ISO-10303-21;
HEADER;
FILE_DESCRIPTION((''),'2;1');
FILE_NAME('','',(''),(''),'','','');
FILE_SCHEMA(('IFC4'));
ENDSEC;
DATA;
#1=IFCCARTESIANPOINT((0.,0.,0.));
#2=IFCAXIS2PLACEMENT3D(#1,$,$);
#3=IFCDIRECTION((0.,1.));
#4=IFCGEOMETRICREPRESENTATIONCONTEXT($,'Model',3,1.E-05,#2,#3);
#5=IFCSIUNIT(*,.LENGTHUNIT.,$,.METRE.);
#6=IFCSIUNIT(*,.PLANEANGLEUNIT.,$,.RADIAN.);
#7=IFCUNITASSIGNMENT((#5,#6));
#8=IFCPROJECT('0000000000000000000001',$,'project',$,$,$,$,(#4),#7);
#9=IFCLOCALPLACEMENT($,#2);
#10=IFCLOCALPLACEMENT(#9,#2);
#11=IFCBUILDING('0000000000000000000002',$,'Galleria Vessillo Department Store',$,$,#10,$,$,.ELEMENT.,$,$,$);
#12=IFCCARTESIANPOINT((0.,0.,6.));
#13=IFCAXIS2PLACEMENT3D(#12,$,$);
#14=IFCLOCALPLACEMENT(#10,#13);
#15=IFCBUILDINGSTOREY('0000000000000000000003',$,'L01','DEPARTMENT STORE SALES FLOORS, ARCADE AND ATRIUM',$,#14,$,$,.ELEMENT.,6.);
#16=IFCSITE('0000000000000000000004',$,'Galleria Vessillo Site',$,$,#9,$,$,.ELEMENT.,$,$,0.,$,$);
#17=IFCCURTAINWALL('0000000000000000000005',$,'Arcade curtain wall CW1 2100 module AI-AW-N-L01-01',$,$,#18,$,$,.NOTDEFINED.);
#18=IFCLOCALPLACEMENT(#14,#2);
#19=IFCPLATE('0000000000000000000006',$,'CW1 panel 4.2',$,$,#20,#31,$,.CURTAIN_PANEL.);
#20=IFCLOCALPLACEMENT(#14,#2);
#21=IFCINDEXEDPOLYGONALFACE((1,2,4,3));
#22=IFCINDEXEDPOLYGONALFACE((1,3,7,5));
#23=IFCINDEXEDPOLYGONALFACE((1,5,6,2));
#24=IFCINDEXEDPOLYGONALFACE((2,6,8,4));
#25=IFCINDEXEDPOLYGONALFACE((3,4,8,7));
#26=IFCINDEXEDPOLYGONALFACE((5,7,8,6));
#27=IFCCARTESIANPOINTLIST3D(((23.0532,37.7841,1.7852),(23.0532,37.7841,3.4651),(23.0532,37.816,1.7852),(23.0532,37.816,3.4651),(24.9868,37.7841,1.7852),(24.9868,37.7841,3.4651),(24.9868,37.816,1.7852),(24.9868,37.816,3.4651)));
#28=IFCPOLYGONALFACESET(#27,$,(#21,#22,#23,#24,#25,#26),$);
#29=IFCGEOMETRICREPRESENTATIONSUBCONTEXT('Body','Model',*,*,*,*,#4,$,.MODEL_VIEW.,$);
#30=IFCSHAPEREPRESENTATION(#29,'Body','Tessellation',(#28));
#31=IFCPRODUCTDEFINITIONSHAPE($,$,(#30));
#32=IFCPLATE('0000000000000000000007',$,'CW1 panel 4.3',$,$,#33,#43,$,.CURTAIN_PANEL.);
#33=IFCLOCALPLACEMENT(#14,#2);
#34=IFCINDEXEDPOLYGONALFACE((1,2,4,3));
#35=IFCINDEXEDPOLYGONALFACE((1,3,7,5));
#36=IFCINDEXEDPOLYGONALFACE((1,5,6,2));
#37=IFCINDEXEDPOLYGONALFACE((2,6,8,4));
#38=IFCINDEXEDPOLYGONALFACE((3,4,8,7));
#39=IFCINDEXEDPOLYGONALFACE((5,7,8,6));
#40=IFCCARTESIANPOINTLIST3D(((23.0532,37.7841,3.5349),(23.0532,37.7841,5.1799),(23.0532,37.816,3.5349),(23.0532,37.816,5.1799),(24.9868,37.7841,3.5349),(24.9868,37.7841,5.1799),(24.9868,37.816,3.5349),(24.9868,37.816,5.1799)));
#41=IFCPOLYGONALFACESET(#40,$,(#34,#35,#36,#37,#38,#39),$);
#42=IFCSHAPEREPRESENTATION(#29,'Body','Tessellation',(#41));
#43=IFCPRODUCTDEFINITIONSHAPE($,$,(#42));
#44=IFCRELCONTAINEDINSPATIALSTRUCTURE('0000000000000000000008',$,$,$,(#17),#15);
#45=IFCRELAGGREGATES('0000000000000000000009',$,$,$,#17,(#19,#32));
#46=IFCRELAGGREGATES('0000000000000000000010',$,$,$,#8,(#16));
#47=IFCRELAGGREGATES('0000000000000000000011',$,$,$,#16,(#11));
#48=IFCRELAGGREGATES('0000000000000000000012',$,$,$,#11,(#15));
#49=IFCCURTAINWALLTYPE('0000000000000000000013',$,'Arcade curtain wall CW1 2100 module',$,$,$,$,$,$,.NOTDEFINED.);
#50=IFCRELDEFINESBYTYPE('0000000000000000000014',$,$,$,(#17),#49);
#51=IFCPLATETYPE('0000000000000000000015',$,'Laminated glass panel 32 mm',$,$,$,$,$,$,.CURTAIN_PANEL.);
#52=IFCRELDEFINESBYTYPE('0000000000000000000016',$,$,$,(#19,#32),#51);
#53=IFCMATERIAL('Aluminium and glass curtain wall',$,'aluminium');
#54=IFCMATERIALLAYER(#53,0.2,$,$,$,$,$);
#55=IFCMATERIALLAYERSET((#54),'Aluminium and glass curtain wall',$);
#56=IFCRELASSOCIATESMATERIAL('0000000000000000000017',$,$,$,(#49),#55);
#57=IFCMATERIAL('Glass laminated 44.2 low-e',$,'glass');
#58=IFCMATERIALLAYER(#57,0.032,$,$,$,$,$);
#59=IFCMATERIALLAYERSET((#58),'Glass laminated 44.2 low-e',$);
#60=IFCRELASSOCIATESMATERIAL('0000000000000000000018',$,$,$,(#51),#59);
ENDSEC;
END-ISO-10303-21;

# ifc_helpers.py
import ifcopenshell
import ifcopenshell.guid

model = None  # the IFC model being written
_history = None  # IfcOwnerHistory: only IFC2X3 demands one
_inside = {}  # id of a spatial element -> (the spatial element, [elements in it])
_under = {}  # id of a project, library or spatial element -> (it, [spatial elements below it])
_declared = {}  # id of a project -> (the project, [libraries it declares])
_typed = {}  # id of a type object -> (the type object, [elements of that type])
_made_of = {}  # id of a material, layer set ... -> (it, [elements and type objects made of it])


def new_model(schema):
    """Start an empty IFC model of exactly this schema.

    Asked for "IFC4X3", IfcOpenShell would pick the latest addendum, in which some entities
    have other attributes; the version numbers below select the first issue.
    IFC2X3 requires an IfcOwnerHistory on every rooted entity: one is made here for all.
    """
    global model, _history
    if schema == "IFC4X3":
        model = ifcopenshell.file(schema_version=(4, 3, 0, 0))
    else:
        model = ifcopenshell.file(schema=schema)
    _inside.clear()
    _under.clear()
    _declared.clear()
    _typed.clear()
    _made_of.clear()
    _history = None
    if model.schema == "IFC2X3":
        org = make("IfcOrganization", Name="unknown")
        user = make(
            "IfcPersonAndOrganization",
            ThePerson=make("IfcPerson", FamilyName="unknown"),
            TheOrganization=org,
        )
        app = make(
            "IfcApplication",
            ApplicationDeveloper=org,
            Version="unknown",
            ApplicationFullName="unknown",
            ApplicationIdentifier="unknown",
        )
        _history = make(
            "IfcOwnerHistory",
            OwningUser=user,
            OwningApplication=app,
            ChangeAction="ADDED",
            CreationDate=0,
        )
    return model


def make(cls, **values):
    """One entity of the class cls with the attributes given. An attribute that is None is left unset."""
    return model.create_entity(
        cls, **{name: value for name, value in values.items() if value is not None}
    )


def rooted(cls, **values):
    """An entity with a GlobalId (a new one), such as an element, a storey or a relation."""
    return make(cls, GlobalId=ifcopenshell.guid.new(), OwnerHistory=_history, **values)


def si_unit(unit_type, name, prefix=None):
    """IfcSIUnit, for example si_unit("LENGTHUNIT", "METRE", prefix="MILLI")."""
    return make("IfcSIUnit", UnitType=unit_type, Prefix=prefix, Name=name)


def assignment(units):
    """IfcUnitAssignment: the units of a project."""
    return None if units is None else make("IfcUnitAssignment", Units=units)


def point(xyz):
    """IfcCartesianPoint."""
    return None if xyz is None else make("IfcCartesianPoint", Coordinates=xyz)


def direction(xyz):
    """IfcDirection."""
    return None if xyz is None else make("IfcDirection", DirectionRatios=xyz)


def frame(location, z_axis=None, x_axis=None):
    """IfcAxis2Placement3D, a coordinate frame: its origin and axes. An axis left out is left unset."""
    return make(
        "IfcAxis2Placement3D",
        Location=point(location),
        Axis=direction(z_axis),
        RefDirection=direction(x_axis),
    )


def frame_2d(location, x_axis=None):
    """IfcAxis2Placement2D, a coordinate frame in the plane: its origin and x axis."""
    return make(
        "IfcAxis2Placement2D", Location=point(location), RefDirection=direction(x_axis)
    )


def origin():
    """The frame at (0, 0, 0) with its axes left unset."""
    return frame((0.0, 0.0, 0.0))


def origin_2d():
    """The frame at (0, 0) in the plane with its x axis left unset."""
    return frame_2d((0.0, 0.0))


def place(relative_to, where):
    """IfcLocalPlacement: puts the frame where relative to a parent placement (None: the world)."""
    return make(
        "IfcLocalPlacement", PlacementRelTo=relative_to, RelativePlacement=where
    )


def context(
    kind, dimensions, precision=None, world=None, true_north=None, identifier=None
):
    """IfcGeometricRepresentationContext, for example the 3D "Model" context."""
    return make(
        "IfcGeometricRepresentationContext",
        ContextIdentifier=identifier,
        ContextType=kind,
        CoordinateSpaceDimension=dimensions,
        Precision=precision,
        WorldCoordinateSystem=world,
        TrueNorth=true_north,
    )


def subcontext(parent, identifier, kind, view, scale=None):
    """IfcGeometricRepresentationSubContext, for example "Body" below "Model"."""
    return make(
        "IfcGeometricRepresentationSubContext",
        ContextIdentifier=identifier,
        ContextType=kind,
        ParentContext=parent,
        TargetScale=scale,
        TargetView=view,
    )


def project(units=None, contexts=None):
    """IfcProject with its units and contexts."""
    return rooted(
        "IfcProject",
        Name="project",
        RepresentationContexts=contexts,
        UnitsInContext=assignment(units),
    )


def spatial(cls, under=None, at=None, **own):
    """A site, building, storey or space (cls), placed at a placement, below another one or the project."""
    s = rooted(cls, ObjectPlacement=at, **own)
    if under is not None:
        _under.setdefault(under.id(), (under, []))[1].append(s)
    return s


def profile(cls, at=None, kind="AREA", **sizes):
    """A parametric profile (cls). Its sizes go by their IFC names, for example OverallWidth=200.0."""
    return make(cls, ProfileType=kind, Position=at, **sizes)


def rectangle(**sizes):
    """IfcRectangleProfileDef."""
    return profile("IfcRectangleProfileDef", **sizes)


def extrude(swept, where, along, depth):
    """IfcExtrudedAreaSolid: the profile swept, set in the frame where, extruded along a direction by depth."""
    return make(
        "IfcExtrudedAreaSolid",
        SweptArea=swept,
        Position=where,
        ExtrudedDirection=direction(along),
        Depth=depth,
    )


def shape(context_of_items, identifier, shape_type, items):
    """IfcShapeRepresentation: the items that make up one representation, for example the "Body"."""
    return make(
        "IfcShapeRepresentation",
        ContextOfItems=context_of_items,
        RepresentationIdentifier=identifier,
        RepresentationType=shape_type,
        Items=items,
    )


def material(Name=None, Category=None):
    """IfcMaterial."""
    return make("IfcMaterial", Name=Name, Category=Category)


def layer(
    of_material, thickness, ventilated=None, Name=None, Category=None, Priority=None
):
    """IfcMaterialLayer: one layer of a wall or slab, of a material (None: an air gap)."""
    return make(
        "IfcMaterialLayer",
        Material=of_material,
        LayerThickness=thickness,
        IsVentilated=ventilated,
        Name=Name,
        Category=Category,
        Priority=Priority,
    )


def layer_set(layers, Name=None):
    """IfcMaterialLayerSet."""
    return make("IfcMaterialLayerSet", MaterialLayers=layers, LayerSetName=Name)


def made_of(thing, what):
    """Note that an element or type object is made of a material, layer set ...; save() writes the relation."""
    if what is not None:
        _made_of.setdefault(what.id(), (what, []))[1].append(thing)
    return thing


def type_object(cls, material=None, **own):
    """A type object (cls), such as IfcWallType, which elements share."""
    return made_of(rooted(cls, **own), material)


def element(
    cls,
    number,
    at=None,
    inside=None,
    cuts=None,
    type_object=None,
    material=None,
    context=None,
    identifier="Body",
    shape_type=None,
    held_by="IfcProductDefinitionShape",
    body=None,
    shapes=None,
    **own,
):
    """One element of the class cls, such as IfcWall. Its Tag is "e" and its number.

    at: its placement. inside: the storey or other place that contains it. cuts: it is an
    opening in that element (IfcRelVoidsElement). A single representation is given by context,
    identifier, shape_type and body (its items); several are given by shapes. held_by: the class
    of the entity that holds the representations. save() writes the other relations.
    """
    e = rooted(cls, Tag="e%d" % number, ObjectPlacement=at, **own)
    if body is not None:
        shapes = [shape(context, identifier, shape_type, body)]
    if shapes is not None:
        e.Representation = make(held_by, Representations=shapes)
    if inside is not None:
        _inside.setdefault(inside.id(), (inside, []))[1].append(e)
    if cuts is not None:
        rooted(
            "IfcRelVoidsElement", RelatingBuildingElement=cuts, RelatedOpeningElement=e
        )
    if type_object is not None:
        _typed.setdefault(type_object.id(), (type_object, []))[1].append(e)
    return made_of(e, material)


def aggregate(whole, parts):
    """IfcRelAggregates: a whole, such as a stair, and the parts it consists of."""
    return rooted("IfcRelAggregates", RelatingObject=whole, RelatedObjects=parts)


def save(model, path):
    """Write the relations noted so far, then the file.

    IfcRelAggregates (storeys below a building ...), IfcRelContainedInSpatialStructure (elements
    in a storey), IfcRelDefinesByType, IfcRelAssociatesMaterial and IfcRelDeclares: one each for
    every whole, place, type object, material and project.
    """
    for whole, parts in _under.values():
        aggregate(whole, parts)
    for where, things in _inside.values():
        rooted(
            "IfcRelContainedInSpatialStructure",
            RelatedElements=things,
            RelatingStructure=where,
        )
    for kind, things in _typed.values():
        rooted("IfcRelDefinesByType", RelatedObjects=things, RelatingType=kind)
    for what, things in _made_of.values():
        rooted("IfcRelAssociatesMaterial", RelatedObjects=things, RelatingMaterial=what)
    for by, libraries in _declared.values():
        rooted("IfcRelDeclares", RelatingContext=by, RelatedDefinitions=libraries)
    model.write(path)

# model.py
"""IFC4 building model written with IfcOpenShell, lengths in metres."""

from ifc_helpers import new_model, si_unit, direction, frame, origin, origin_2d, place, context, subcontext, project, spatial, rectangle, extrude, material, layer, layer_set, type_object, element, aggregate, save


model = new_model("IFC4")

# Units and contexts
model_context = context("Model", 3, precision=1e-05, world=origin(), true_north=direction((0.0, 1.0)))
body_context = subcontext(model_context, "Body", "Model", "MODEL_VIEW")
ifc_project = project(units=[si_unit("LENGTHUNIT", "METRE"), si_unit("PLANEANGLEUNIT", "RADIAN")], contexts=[model_context])

# Site, building, storey
site_placement = place(None, origin())
site = spatial("IfcSite", under=ifc_project, at=site_placement, Name="Galleria Vessillo Site", CompositionType="ELEMENT", RefElevation=0.0)
building_placement = place(site_placement, origin())
building = spatial("IfcBuilding", under=site, at=building_placement, Name="Galleria Vessillo Department Store", CompositionType="ELEMENT")
storey_placement = place(building_placement, frame((0.0, 0.0, 6.0)))
storey = spatial("IfcBuildingStorey", under=building, at=storey_placement, Name="L01", Description="DEPARTMENT STORE SALES FLOORS, ARCADE AND ATRIUM", CompositionType="ELEMENT", Elevation=6.0)

# Curtain wall
ifc_material_1 = material(Name="Aluminium and glass curtain wall", Category="aluminium")
ifc_layer_1 = layer(ifc_material_1, 0.2)
ifc_layer_set_1 = layer_set([ifc_layer_1], Name="Aluminium and glass curtain wall")
curtain_wall_type = type_object("IfcCurtainWallType", Name="Arcade curtain wall CW1 2100 module", PredefinedType="NOTDEFINED", material=ifc_layer_set_1)
curtain_wall_1_placement = place(storey_placement, origin())
curtain_wall_1 = element("IfcCurtainWall", 1, at=curtain_wall_1_placement, inside=storey, type_object=curtain_wall_type, Name="Arcade curtain wall CW1 2100 module AI-AW-N-L01-01", PredefinedType="NOTDEFINED")

# Plates
ifc_material_2 = material(Name="Glass laminated 44.2 low-e", Category="glass")
ifc_layer_2 = layer(ifc_material_2, 0.032)
ifc_layer_set_2 = layer_set([ifc_layer_2], Name="Glass laminated 44.2 low-e")
plate_type = type_object("IfcPlateType", Name="Laminated glass panel 32 mm", PredefinedType="CURTAIN_PANEL", material=ifc_layer_set_2)
plate_1_placement = place(storey_placement, frame((24.02, 37.8, 1.7852), z_axis=(0.0, 0.0, 1.0), x_axis=(1.0, 0.0, 0.0)))
plate_1 = element("IfcPlate", 2, at=plate_1_placement, type_object=plate_type, Name="CW1 panel 4.2", PredefinedType="CURTAIN_PANEL", context=body_context, shape_type="SweptSolid", body=[
    extrude(rectangle(XDim=1.9336, YDim=0.032, at=origin_2d()), origin(), (0.0, 0.0, 1.0), 1.6799),
])
plate_2_placement = place(storey_placement, frame((24.02, 37.8, 3.5349), z_axis=(0.0, 0.0, 1.0), x_axis=(1.0, 0.0, 0.0)))
plate_2 = element("IfcPlate", 3, at=plate_2_placement, type_object=plate_type, Name="CW1 panel 4.3", PredefinedType="CURTAIN_PANEL", context=body_context, shape_type="SweptSolid", body=[
    extrude(rectangle(XDim=1.9336, YDim=0.032, at=origin_2d()), origin(), (0.0, 0.0, 1.0), 1.645),
])
aggregate(curtain_wall_1, [plate_1, plate_2])

save(model, "model.ifc")
